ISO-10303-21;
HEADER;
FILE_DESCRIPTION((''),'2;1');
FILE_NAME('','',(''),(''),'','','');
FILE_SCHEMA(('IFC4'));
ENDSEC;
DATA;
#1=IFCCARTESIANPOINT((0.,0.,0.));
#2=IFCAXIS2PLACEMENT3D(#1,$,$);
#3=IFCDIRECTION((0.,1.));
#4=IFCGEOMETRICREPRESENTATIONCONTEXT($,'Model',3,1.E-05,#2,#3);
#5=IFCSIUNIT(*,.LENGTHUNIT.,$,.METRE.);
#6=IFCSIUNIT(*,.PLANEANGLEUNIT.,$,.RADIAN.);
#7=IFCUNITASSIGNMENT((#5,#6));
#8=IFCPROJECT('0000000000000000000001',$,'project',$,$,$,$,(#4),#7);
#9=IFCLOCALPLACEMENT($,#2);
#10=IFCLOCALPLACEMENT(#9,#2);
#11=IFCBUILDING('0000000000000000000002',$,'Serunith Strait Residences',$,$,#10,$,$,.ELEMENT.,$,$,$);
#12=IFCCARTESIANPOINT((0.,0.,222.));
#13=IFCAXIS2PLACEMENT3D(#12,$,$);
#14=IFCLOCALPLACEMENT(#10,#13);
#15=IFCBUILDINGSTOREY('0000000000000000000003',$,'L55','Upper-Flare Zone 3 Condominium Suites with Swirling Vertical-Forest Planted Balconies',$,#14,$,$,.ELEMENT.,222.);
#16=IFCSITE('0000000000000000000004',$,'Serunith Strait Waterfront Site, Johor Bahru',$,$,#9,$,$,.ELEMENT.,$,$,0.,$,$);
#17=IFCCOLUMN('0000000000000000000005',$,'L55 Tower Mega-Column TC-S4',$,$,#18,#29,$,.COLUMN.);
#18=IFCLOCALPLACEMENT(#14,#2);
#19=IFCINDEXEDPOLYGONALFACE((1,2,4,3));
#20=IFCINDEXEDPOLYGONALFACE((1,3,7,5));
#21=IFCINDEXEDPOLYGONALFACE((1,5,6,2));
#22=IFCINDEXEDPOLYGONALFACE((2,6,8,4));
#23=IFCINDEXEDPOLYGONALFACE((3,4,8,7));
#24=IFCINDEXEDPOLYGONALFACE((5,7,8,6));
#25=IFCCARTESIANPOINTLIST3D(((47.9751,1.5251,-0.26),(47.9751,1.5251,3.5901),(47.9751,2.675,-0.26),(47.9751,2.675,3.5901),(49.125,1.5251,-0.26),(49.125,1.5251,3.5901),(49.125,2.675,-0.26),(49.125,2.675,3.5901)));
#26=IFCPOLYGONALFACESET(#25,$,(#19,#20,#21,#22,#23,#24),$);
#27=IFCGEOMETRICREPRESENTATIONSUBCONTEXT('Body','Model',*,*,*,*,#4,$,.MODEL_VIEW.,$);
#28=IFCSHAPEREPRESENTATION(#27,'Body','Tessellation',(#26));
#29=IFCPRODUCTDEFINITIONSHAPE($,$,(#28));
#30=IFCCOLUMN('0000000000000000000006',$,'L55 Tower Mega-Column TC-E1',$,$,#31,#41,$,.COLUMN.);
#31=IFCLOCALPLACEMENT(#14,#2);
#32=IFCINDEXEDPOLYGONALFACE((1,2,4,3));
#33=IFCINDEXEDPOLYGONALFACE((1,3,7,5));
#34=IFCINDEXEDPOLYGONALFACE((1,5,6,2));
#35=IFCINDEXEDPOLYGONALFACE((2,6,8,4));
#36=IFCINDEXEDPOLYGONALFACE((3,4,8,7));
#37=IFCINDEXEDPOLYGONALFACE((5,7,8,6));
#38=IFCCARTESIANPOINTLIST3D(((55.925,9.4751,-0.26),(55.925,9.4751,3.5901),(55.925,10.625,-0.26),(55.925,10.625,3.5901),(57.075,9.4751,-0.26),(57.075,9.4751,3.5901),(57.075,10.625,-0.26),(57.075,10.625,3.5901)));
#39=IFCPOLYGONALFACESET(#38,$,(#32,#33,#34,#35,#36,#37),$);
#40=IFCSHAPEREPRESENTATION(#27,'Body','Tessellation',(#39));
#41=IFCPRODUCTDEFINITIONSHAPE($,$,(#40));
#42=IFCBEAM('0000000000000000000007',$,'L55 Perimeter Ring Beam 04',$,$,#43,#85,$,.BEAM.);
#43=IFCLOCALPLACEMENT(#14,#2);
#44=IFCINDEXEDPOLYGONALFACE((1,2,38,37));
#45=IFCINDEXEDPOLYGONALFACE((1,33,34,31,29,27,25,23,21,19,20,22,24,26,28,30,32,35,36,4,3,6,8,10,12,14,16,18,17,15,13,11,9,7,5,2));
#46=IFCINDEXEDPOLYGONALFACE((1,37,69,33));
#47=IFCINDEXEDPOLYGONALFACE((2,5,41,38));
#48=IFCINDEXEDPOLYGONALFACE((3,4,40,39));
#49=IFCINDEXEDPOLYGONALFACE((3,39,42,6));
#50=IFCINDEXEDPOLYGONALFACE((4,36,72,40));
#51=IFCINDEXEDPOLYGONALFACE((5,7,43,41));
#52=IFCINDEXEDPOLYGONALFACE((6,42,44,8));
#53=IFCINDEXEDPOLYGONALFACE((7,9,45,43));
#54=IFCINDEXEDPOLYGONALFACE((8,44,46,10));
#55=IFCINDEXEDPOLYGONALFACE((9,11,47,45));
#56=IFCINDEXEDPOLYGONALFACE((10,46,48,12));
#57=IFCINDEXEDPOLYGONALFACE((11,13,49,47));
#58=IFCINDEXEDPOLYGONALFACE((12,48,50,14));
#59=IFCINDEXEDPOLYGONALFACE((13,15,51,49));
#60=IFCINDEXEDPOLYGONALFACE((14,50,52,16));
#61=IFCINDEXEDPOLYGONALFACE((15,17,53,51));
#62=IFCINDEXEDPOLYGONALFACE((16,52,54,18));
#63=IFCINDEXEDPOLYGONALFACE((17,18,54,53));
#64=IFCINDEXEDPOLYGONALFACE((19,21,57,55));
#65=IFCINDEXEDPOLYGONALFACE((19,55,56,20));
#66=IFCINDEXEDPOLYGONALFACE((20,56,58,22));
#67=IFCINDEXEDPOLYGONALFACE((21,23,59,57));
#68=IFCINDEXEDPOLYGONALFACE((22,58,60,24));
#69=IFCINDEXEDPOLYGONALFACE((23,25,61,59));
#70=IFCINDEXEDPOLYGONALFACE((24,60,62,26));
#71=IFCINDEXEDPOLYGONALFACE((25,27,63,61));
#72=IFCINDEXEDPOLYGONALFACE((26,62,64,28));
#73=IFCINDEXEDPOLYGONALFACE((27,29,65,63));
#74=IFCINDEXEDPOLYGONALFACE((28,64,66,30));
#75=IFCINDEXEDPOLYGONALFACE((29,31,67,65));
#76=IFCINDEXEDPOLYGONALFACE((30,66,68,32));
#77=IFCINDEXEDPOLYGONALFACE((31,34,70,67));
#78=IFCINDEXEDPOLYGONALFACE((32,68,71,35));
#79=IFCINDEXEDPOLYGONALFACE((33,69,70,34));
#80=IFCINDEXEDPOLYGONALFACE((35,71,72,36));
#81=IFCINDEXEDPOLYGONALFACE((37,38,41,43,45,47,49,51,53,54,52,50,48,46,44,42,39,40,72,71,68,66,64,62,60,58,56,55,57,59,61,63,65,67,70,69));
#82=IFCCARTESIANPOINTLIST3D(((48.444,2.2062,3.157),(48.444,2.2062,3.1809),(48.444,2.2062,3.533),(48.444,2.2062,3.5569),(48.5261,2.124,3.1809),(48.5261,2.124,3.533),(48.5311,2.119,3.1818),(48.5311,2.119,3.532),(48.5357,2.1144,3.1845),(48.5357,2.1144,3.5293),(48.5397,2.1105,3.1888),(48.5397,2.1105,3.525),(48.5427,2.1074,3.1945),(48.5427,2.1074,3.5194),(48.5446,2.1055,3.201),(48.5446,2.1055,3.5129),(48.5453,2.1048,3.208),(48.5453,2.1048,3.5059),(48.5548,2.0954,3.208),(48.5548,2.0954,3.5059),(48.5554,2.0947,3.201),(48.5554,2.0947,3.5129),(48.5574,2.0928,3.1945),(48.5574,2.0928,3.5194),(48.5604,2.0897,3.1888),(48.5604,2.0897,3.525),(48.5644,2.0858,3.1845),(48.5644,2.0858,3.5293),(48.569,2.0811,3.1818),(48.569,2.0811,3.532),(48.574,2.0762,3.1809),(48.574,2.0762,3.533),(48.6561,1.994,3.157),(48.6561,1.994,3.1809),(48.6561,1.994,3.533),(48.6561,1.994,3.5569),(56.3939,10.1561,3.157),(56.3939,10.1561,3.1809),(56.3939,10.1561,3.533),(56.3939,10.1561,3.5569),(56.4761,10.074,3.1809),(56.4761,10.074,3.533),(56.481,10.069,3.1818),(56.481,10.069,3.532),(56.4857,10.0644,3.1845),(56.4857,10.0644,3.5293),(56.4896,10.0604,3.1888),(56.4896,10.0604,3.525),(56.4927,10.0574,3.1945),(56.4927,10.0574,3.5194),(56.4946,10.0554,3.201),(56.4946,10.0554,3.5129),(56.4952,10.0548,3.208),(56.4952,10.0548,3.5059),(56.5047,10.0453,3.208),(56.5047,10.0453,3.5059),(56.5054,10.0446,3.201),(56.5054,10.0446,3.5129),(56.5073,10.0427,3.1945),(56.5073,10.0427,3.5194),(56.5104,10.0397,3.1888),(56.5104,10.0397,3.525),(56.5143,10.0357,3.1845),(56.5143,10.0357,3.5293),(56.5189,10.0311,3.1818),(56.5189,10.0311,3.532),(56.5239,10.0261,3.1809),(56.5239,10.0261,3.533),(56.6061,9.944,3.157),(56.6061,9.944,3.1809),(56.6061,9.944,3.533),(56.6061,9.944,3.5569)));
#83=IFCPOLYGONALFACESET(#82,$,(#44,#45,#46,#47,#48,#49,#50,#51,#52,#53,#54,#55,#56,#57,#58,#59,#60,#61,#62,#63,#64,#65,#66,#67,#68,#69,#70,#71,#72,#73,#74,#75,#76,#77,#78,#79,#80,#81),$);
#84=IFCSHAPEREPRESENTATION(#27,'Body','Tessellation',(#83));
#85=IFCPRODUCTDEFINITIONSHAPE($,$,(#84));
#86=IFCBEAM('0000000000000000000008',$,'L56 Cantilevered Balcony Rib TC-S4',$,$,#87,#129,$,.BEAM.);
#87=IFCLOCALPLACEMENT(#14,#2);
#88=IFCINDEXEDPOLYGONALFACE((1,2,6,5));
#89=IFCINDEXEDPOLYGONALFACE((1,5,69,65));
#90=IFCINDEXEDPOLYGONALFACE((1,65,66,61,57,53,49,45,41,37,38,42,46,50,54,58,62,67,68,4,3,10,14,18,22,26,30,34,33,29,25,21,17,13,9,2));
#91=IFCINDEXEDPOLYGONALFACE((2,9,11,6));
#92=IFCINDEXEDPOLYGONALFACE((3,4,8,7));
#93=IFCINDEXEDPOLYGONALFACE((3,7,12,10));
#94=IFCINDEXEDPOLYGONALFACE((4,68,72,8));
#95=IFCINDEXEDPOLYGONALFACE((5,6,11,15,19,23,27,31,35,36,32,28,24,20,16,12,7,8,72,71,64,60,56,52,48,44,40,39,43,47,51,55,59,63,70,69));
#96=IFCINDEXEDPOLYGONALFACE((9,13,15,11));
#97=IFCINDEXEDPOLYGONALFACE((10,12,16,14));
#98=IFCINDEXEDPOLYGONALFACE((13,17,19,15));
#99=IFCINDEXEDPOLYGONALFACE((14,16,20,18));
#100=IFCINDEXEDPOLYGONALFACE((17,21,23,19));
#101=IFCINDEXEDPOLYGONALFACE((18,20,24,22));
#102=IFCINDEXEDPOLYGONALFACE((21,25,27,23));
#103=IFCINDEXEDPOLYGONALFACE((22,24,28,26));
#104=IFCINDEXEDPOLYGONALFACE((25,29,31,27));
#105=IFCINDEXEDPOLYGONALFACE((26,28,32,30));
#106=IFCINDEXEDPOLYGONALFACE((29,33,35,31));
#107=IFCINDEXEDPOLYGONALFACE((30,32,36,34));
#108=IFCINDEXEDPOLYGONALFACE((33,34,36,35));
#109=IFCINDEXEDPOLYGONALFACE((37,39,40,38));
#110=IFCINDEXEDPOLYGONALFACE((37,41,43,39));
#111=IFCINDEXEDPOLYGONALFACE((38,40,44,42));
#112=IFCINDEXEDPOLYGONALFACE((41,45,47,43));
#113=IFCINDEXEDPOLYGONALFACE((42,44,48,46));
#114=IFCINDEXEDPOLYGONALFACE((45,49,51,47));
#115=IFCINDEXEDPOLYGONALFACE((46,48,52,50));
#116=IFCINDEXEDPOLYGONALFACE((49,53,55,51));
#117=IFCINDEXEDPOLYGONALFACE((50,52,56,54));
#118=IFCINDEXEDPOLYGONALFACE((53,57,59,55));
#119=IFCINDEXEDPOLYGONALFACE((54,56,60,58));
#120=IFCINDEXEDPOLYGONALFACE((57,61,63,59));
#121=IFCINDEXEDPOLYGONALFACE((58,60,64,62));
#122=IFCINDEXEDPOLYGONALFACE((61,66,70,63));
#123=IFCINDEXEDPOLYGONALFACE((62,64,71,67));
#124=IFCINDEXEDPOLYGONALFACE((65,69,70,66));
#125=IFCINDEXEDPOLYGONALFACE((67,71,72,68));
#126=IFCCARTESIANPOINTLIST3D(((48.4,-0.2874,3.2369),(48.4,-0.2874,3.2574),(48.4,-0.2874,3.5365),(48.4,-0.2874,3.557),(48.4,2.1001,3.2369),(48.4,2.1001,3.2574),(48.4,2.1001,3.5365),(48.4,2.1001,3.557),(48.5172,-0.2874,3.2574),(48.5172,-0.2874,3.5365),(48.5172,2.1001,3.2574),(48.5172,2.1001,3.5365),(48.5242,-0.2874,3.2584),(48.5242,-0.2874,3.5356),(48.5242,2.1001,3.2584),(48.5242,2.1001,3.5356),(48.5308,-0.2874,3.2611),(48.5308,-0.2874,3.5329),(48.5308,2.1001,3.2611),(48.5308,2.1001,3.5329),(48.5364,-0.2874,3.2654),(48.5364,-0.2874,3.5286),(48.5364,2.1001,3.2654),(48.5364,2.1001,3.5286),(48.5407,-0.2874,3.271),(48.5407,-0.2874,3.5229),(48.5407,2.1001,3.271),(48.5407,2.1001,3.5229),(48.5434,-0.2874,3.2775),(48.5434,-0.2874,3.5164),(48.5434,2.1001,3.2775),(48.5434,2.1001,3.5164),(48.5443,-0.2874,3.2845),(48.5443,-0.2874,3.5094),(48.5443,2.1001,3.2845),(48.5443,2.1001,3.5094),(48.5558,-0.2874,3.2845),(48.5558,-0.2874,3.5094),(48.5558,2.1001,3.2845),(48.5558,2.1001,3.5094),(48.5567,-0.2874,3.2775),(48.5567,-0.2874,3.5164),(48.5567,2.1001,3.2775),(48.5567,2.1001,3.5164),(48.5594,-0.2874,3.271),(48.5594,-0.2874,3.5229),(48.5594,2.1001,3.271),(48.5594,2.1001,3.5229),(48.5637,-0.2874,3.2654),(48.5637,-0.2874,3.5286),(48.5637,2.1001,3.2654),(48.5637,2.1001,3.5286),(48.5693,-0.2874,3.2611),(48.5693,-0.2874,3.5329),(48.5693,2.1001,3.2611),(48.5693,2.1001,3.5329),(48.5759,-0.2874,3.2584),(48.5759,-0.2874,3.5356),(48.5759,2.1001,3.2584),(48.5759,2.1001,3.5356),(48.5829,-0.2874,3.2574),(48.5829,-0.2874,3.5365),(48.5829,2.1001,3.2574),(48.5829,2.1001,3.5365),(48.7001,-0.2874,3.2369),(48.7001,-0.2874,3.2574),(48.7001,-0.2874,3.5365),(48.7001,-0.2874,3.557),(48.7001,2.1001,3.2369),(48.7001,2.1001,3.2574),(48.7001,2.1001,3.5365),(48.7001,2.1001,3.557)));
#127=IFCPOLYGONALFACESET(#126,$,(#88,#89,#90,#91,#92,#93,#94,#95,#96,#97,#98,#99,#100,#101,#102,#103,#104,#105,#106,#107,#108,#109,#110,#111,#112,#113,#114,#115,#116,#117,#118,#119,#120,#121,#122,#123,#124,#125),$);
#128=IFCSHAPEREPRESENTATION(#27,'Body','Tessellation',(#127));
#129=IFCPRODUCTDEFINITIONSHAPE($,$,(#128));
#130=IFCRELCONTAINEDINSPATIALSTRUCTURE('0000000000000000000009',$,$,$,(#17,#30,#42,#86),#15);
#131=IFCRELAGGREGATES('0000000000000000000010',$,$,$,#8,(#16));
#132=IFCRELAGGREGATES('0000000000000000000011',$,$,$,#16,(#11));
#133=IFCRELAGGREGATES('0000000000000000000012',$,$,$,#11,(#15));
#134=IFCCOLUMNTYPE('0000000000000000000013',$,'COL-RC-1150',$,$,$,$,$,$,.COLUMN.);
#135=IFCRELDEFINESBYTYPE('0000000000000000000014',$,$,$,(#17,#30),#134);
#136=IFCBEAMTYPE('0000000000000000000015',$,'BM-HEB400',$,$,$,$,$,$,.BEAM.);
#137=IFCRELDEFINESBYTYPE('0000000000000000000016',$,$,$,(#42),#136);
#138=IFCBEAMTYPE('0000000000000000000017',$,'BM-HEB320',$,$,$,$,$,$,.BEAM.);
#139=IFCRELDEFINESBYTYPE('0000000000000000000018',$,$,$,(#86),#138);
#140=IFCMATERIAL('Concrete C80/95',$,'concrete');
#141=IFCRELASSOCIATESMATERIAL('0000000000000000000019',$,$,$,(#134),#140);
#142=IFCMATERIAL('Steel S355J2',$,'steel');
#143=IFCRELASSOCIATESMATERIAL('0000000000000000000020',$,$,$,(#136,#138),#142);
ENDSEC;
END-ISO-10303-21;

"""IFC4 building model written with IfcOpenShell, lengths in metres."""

from ifc_helpers import new_model, si_unit, direction, frame, origin, origin_2d, place, context, subcontext, project, spatial, rectangle, i_section, extrude, source, transform, mapped, material, material_profile, profile_set, type_object, element, save


model = new_model("IFC4")

# Units and contexts
model_context = context("Model", 3, precision=1e-05, world=origin(), true_north=direction((0.0, 1.0)))
body_context = subcontext(model_context, "Body", "Model", "MODEL_VIEW")
ifc_project = project(units=[si_unit("LENGTHUNIT", "METRE"), si_unit("PLANEANGLEUNIT", "RADIAN")], contexts=[model_context])

# Site, building, storey
site_placement = place(None, origin())
site = spatial("IfcSite", under=ifc_project, at=site_placement, Name="Serunith Strait Waterfront Site, Johor Bahru", CompositionType="ELEMENT", RefElevation=0.0)
building_placement = place(site_placement, origin())
building = spatial("IfcBuilding", under=site, at=building_placement, Name="Serunith Strait Residences", CompositionType="ELEMENT")
storey_placement = place(building_placement, frame((0.0, 0.0, 222.0)))
storey = spatial("IfcBuildingStorey", under=building, at=storey_placement, Name="L55", Description="Upper-Flare Zone 3 Condominium Suites with Swirling Vertical-Forest Planted Balconies", CompositionType="ELEMENT", Elevation=222.0)

# Columns
ifc_material_1 = material(Name="Concrete C80/95", Category="concrete")
ifc_material_profile_1 = material_profile(ifc_material_1, rectangle(XDim=1.1499, YDim=1.1499, at=origin_2d()), Name="RC 1150x1150")
ifc_profile_set_1 = profile_set([ifc_material_profile_1], Name="Concrete C80/95")
column_type = type_object("IfcColumnType", Name="COL-RC-1150", PredefinedType="COLUMN", material=ifc_profile_set_1)
shared_shape_1 = source(origin(), body_context, "Body", "SweptSolid", [
    extrude(rectangle(XDim=1.1499, YDim=1.1499, at=origin_2d()), origin(), (0.0, 0.0, 1.0), 3.8501),
])
for number, where, z_axis, x_axis, name in (
    (1, (48.55, 2.1001, -0.26), (0.0, 0.0, 1.0), (1.0, 0.0, 0.0), "L55 Tower Mega-Column TC-S4"),
    (2, (56.5, 10.05, -0.26), (0.0, 0.0, 1.0), (1.0, 0.0, 0.0), "L55 Tower Mega-Column TC-E1"),
):
    element("IfcColumn", number, at=place(storey_placement, frame(where, z_axis=z_axis, x_axis=x_axis)), inside=storey, type_object=column_type, Name=name, PredefinedType="COLUMN", context=body_context, shape_type="MappedRepresentation", body=[
        mapped(shared_shape_1, transform((0.0, 0.0, 0.0), scale=1.0)),
    ])

# Beams
ifc_material_2 = material(Name="Steel S355J2", Category="steel")
ifc_material_profile_2 = material_profile(ifc_material_2, i_section(OverallWidth=0.3, OverallDepth=0.3999, WebThickness=0.0134, FlangeThickness=0.0239, FilletRadius=0.0271, at=origin_2d()), Name="HEB 400")
ifc_profile_set_2 = profile_set([ifc_material_profile_2], Name="Steel S355J2")
beam_type_1 = type_object("IfcBeamType", Name="BM-HEB400", PredefinedType="BEAM", material=ifc_profile_set_2)
shared_shape_2 = source(origin(), body_context, "Body", "SweptSolid", [
    extrude(i_section(OverallWidth=0.3, OverallDepth=0.3999, WebThickness=0.0134, FlangeThickness=0.0239, FilletRadius=0.0271, at=origin_2d()), origin(), (0.0, 0.0, 1.0), 11.2429),
])
beam_1_placement = place(storey_placement, frame((48.55, 2.1001, 3.3569), z_axis=(0.707107, 0.707107, 0.0), x_axis=(-0.707107, 0.707107, 0.0)))
element("IfcBeam", 3, at=beam_1_placement, inside=storey, type_object=beam_type_1, Name="L55 Perimeter Ring Beam 04", PredefinedType="BEAM", context=body_context, shape_type="MappedRepresentation", body=[
    mapped(shared_shape_2, transform((0.0, 0.0, 0.0), scale=1.0)),
])
ifc_material_profile_3 = material_profile(ifc_material_2, i_section(OverallWidth=0.3, OverallDepth=0.3201, WebThickness=0.0115, FlangeThickness=0.0205, FilletRadius=0.0271, at=origin_2d()), Name="HEB 320")
ifc_profile_set_3 = profile_set([ifc_material_profile_3], Name="Steel S355J2")
beam_type_2 = type_object("IfcBeamType", Name="BM-HEB320", PredefinedType="BEAM", material=ifc_profile_set_3)
shared_shape_3 = source(origin(), body_context, "Body", "SweptSolid", [
    extrude(i_section(OverallWidth=0.3, OverallDepth=0.3201, WebThickness=0.0115, FlangeThickness=0.0205, FilletRadius=0.0271, at=origin_2d()), origin(), (0.0, 0.0, 1.0), 2.3875),
])
beam_2_placement = place(storey_placement, frame((48.55, 2.1001, 3.397), z_axis=(0.0, -1.0, 0.0), x_axis=(1.0, 0.0, 0.0)))
element("IfcBeam", 4, at=beam_2_placement, inside=storey, type_object=beam_type_2, Name="L56 Cantilevered Balcony Rib TC-S4", PredefinedType="BEAM", context=body_context, shape_type="MappedRepresentation", body=[
    mapped(shared_shape_3, transform((0.0, 0.0, 0.0), scale=1.0)),
])

save(model, "model.ifc")
